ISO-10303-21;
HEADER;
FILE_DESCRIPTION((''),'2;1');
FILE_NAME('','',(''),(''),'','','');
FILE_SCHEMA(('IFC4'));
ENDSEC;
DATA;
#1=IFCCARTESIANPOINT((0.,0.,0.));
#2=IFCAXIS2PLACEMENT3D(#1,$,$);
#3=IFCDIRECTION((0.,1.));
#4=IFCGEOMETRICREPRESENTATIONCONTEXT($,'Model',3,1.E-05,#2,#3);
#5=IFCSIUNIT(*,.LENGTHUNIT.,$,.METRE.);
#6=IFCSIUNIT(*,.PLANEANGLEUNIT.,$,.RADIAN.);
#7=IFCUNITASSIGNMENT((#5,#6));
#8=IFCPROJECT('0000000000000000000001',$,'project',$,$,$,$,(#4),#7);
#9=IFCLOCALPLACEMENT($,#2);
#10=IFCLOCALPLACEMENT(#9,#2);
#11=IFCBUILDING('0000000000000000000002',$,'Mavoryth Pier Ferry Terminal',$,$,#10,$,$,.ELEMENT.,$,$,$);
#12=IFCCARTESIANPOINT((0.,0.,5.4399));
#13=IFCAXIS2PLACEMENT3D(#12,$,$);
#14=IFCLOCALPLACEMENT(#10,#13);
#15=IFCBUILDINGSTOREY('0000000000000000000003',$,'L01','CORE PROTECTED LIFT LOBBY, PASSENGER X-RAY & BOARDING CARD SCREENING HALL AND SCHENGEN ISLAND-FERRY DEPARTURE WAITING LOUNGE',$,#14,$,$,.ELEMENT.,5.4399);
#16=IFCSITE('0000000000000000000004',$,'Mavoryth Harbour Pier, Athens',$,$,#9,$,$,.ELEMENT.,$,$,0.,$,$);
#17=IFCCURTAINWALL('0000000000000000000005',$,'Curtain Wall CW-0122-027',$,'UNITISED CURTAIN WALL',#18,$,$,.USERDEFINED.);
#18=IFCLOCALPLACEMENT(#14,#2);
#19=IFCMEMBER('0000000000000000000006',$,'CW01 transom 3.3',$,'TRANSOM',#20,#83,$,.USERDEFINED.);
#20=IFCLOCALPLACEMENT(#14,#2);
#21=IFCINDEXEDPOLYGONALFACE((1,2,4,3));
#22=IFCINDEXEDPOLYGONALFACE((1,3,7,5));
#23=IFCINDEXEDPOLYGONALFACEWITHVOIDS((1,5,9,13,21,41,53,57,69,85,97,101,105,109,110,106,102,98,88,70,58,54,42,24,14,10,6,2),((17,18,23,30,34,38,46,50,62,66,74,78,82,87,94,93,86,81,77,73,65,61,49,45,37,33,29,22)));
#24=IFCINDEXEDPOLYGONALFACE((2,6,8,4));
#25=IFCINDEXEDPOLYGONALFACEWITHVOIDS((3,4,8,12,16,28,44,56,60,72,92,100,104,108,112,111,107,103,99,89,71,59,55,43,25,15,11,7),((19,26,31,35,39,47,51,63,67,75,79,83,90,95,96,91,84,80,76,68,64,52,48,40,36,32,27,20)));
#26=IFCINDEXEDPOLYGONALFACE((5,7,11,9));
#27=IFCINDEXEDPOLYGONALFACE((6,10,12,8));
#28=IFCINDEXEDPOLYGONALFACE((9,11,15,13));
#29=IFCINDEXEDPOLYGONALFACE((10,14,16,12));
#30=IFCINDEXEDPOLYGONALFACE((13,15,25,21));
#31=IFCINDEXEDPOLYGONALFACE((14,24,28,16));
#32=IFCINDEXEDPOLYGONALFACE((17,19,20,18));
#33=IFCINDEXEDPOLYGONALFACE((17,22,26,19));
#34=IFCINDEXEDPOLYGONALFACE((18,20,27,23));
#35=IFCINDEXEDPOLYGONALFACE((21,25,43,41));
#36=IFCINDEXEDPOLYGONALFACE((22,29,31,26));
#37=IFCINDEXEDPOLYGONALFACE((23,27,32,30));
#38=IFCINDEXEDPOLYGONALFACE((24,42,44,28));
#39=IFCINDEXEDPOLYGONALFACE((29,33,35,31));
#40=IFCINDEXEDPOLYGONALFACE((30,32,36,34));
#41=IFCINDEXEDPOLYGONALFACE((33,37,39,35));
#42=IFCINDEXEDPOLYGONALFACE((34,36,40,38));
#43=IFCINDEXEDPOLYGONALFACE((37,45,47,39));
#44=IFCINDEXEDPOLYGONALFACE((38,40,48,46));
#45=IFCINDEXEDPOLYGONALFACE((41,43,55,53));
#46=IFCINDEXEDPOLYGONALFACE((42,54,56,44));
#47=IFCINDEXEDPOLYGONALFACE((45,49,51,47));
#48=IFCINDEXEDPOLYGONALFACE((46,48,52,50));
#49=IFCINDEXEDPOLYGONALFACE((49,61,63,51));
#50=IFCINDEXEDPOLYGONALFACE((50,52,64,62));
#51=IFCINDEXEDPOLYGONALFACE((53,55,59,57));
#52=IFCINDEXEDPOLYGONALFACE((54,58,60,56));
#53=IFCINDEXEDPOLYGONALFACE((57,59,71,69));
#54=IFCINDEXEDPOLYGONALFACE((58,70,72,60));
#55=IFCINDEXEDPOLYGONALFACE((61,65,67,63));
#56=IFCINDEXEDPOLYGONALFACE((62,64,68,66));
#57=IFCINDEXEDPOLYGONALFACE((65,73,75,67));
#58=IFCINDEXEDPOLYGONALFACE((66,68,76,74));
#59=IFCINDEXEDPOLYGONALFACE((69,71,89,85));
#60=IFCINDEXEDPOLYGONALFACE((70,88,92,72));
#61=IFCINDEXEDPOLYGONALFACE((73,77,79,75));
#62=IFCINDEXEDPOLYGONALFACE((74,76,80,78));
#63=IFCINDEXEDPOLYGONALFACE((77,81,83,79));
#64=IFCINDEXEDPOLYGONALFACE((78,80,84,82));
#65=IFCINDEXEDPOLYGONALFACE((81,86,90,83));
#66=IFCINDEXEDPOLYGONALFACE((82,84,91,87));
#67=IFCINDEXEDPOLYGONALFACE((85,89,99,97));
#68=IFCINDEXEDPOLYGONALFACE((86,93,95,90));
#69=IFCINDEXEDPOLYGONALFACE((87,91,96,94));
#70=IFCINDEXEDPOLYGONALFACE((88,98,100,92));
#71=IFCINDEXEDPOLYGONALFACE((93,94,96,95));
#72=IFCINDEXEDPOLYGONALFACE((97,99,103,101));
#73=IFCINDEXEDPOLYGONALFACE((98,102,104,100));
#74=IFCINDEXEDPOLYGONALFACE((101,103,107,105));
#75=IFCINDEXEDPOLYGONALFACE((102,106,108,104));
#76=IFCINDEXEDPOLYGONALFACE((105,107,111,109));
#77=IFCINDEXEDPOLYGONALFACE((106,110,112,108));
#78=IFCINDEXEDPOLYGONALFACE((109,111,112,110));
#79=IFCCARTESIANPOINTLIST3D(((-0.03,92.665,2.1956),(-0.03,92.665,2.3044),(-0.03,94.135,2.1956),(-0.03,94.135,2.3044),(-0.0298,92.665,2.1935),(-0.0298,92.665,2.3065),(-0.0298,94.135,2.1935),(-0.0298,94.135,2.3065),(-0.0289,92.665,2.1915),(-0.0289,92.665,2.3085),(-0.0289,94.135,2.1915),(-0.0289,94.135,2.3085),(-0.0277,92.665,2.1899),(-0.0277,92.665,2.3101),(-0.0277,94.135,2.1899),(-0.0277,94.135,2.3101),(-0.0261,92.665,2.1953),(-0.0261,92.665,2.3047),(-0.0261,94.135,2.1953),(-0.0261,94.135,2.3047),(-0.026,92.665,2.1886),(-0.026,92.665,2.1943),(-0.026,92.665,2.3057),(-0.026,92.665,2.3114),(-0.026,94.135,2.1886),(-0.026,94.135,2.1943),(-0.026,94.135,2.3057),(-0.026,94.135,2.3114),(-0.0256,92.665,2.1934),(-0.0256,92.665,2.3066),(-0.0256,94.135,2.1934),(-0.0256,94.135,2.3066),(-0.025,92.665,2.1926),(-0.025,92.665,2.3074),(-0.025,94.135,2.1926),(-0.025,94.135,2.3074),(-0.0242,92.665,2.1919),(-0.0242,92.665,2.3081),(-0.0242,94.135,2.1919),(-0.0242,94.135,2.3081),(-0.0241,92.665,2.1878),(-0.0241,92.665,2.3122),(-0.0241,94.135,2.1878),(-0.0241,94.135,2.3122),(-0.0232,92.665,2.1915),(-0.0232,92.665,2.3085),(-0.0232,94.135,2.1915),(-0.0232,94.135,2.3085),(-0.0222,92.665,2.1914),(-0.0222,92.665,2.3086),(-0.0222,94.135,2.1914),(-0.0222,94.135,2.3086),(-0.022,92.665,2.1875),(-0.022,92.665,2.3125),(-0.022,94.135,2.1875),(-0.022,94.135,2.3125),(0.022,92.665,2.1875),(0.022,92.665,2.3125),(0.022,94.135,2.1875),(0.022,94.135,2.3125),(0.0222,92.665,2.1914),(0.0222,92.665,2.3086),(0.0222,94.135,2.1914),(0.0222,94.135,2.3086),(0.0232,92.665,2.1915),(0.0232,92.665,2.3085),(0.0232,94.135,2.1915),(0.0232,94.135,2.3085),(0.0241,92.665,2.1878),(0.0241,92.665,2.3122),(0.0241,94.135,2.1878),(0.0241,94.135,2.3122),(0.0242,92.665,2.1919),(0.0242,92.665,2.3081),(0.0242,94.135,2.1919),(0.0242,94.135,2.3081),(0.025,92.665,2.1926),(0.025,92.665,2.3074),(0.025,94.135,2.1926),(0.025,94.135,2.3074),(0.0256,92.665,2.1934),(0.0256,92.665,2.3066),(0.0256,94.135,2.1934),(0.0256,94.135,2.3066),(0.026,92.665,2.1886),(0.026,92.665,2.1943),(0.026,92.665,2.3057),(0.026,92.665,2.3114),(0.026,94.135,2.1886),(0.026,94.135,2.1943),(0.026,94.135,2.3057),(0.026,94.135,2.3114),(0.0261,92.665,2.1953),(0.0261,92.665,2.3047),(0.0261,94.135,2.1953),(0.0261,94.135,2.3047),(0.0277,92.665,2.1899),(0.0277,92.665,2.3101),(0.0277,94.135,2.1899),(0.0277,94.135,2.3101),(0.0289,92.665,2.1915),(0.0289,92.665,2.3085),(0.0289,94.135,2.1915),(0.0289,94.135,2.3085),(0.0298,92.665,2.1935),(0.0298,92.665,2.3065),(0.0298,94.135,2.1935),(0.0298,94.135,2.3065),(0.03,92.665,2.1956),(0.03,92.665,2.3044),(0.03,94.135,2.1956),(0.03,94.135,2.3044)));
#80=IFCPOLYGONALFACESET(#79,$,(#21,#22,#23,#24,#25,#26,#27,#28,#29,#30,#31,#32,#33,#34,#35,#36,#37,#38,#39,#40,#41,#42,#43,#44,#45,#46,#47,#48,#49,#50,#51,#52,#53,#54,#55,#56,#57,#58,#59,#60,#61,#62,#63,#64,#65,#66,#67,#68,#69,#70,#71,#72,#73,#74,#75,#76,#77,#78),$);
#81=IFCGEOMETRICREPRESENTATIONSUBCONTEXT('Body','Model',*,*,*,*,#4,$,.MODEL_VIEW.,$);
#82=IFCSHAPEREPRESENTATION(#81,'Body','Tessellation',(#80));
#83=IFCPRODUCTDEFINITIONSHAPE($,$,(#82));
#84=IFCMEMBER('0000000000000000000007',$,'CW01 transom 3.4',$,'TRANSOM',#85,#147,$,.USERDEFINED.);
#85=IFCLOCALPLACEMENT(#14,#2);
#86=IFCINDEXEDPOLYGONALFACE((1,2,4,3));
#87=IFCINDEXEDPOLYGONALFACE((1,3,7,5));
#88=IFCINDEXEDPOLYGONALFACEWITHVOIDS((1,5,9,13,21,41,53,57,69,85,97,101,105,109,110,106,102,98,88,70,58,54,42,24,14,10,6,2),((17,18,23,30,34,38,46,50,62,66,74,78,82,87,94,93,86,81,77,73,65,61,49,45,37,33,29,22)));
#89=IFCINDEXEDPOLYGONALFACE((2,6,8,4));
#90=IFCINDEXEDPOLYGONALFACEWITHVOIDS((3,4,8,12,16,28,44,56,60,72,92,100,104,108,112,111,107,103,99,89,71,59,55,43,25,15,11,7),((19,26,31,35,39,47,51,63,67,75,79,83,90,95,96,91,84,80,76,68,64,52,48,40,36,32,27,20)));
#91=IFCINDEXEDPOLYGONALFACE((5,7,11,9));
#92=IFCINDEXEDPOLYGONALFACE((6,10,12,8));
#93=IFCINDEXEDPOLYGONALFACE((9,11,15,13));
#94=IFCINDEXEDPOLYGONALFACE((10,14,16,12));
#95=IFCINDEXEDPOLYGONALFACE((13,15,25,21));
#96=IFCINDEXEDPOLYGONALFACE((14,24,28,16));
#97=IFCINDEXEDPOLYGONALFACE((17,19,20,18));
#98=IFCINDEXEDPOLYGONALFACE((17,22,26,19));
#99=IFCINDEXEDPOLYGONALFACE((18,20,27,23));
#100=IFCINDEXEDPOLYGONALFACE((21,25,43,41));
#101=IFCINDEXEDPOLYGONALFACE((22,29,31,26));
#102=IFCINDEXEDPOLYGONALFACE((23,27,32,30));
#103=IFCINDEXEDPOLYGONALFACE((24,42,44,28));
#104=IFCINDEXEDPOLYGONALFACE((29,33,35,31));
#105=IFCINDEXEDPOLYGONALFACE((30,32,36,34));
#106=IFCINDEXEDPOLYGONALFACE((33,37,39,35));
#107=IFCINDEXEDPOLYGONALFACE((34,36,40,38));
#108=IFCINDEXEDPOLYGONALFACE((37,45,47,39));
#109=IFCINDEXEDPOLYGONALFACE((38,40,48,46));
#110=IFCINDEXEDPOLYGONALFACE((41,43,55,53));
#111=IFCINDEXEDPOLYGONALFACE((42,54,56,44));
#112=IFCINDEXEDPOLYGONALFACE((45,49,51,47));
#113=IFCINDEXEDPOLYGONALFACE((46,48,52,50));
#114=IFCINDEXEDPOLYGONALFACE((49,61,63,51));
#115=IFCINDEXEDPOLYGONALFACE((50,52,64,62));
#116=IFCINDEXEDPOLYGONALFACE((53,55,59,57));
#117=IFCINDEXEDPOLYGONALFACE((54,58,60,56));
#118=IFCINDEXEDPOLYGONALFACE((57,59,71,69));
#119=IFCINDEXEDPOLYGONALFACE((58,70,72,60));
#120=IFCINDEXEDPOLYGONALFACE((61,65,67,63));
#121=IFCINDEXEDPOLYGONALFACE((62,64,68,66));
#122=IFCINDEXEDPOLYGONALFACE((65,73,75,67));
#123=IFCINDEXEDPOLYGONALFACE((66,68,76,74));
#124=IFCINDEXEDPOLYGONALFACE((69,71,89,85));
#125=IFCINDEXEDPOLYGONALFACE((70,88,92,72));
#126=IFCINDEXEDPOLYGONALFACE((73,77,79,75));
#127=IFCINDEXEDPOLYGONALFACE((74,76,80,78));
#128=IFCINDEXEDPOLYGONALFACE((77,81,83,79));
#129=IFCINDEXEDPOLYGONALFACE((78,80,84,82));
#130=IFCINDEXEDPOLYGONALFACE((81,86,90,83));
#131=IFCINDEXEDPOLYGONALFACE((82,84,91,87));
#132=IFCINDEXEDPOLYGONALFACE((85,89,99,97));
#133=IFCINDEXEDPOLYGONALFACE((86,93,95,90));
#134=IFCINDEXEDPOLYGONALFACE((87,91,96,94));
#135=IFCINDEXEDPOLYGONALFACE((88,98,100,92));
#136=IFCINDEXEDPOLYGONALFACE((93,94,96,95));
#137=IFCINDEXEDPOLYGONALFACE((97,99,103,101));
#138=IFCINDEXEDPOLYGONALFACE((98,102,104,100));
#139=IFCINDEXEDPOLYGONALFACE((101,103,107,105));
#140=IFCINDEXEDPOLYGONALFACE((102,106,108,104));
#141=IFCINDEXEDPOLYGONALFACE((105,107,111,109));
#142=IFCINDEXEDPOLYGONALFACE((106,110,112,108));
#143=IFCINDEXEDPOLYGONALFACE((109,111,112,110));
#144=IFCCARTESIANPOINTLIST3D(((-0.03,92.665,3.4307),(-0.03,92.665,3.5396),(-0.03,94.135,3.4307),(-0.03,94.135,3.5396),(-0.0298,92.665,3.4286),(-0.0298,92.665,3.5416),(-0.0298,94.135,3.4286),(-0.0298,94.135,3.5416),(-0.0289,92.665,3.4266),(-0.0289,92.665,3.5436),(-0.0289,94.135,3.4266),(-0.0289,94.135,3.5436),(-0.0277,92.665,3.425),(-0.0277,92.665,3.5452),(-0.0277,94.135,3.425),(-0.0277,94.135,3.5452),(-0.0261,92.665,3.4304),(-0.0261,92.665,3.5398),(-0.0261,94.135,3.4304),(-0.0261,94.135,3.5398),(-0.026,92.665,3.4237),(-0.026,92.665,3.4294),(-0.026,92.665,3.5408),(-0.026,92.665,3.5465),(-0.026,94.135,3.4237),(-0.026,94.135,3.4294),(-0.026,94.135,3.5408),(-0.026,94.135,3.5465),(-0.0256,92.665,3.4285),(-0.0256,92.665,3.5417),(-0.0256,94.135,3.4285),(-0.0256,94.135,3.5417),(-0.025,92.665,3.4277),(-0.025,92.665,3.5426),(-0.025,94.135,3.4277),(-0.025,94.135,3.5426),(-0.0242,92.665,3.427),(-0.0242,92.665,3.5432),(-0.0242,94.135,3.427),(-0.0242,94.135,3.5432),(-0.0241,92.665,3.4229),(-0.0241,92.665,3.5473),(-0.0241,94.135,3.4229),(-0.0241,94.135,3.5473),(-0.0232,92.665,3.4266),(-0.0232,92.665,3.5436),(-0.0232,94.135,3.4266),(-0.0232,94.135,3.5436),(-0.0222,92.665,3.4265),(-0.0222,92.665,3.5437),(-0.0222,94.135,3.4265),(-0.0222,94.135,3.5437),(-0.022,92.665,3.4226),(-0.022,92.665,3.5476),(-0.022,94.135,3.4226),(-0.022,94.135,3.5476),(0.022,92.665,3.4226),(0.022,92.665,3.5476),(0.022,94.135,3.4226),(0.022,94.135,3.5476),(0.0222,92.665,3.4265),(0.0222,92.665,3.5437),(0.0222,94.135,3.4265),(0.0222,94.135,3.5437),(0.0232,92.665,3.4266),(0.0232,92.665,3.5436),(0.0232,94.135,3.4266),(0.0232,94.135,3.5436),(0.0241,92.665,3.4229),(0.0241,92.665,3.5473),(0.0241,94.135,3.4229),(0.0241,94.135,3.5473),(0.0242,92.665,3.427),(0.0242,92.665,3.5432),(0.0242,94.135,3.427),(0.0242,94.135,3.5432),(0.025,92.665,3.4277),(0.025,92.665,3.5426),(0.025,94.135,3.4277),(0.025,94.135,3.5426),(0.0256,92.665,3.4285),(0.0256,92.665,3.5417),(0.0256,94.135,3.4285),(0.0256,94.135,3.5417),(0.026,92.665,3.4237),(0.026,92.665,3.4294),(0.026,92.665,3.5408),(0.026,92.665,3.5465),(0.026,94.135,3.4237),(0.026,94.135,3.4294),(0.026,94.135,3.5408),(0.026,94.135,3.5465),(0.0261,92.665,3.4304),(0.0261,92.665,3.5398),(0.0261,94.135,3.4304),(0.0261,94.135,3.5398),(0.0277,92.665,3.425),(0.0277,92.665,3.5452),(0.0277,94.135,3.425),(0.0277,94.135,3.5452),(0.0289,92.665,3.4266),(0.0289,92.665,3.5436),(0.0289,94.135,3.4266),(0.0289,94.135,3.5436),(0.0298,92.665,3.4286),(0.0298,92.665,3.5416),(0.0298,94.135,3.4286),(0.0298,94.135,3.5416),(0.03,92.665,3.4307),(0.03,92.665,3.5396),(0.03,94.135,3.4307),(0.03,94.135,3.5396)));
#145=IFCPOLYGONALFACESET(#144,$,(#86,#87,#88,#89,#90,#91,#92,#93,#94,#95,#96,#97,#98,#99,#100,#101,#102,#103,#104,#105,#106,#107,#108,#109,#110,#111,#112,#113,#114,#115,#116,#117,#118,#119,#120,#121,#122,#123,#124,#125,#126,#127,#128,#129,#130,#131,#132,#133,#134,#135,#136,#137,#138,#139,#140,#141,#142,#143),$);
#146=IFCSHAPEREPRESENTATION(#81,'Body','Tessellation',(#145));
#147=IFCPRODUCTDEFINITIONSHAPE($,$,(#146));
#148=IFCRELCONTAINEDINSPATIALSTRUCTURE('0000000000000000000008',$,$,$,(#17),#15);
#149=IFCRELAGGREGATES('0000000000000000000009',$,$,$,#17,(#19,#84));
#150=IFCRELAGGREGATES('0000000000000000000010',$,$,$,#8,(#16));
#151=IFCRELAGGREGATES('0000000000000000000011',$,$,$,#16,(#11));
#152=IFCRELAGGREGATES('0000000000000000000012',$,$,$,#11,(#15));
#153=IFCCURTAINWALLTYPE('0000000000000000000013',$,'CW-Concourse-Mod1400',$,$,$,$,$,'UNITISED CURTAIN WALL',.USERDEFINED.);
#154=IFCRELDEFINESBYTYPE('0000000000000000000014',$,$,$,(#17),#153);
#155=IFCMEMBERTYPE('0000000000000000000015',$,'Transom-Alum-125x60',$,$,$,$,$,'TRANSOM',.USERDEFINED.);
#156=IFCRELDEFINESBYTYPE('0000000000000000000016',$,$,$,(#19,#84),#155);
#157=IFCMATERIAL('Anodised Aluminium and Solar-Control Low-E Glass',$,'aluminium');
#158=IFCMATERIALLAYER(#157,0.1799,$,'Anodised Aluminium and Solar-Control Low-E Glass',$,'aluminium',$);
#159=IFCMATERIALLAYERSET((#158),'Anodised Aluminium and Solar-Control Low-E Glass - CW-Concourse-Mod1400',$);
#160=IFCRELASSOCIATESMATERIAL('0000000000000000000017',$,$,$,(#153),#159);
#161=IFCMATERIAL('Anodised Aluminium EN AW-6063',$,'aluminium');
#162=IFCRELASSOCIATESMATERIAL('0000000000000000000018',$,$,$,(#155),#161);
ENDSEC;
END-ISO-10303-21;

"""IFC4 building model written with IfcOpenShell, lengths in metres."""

from ifc_helpers import new_model, si_unit, direction, frame, origin, origin_2d, place, context, subcontext, project, spatial, hollow_rectangle, extrude, material, layer, layer_set, material_profile, profile_set, type_object, element, aggregate, save


model = new_model("IFC4")

# Units and contexts
model_context = context("Model", 3, precision=1e-05, world=origin(), true_north=direction((0.0, 1.0)))
body_context = subcontext(model_context, "Body", "Model", "MODEL_VIEW")
ifc_project = project(units=[si_unit("LENGTHUNIT", "METRE"), si_unit("PLANEANGLEUNIT", "RADIAN")], contexts=[model_context])

# Site, building, storey
site_placement = place(None, origin())
site = spatial("IfcSite", under=ifc_project, at=site_placement, Name="Mavoryth Harbour Pier, Athens", CompositionType="ELEMENT", RefElevation=0.0)
building_placement = place(site_placement, origin())
building = spatial("IfcBuilding", under=site, at=building_placement, Name="Mavoryth Pier Ferry Terminal", CompositionType="ELEMENT")
storey_placement = place(building_placement, frame((0.0, 0.0, 5.4399)))
storey = spatial("IfcBuildingStorey", under=building, at=storey_placement, Name="L01", Description="CORE PROTECTED LIFT LOBBY, PASSENGER X-RAY & BOARDING CARD SCREENING HALL AND SCHENGEN ISLAND-FERRY DEPARTURE WAITING LOUNGE", CompositionType="ELEMENT", Elevation=5.4399)

# Curtain wall, members
ifc_material_1 = material(Name="Anodised Aluminium and Solar-Control Low-E Glass", Category="aluminium")
ifc_layer_1 = layer(ifc_material_1, 0.1799, Name="Anodised Aluminium and Solar-Control Low-E Glass", Category="aluminium")
ifc_layer_set_1 = layer_set([ifc_layer_1], Name="Anodised Aluminium and Solar-Control Low-E Glass - CW-Concourse-Mod1400")
curtain_wall_type = type_object("IfcCurtainWallType", Name="CW-Concourse-Mod1400", ElementType="UNITISED CURTAIN WALL", PredefinedType="USERDEFINED", material=ifc_layer_set_1)
curtain_wall_placement = place(storey_placement, origin())
curtain_wall = element("IfcCurtainWall", 1, at=curtain_wall_placement, inside=storey, type_object=curtain_wall_type, Name="Curtain Wall CW-0122-027", ObjectType="UNITISED CURTAIN WALL", PredefinedType="USERDEFINED")
ifc_material_2 = material(Name="Anodised Aluminium EN AW-6063", Category="aluminium")
ifc_material_profile_1 = material_profile(ifc_material_2, hollow_rectangle(XDim=0.0601, YDim=0.125, WallThickness=0.0039, InnerFilletRadius=0.0039, OuterFilletRadius=0.0081, at=origin_2d()), Name="AL-TRAN 125x60x4", Category="aluminium")
ifc_profile_set_1 = profile_set([ifc_material_profile_1], Name="Anodised Aluminium EN AW-6063 - AL-TRAN 125x60x4")
member_type_1 = type_object("IfcMemberType", Name="Transom-Alum-125x60", ElementType="TRANSOM", PredefinedType="USERDEFINED", material=ifc_profile_set_1)
member_1_placement = place(storey_placement, frame((0.0, 94.135, 2.25), z_axis=(0.0, -1.0, 0.0), x_axis=(1.0, 0.0, 0.0)))
member_1 = element("IfcMember", 2, at=member_1_placement, type_object=member_type_1, Name="CW01 transom 3.3", ObjectType="TRANSOM", PredefinedType="USERDEFINED", context=body_context, shape_type="SweptSolid", body=[
    extrude(hollow_rectangle(XDim=0.0601, YDim=0.125, WallThickness=0.0039, InnerFilletRadius=0.0039, OuterFilletRadius=0.0081, at=origin_2d()), origin(), (0.0, 0.0, 1.0), 1.47),
])
member_2_placement = place(storey_placement, frame((0.0, 94.135, 3.4851), z_axis=(0.0, -1.0, 0.0), x_axis=(1.0, 0.0, 0.0)))
member_2 = element("IfcMember", 3, at=member_2_placement, type_object=member_type_1, Name="CW01 transom 3.4", ObjectType="TRANSOM", PredefinedType="USERDEFINED", context=body_context, shape_type="SweptSolid", body=[
    extrude(hollow_rectangle(XDim=0.0601, YDim=0.125, WallThickness=0.0039, InnerFilletRadius=0.0039, OuterFilletRadius=0.0081, at=origin_2d()), origin(), (0.0, 0.0, 1.0), 1.47),
])
aggregate(curtain_wall, [member_1, member_2])

save(model, "model.ifc")
